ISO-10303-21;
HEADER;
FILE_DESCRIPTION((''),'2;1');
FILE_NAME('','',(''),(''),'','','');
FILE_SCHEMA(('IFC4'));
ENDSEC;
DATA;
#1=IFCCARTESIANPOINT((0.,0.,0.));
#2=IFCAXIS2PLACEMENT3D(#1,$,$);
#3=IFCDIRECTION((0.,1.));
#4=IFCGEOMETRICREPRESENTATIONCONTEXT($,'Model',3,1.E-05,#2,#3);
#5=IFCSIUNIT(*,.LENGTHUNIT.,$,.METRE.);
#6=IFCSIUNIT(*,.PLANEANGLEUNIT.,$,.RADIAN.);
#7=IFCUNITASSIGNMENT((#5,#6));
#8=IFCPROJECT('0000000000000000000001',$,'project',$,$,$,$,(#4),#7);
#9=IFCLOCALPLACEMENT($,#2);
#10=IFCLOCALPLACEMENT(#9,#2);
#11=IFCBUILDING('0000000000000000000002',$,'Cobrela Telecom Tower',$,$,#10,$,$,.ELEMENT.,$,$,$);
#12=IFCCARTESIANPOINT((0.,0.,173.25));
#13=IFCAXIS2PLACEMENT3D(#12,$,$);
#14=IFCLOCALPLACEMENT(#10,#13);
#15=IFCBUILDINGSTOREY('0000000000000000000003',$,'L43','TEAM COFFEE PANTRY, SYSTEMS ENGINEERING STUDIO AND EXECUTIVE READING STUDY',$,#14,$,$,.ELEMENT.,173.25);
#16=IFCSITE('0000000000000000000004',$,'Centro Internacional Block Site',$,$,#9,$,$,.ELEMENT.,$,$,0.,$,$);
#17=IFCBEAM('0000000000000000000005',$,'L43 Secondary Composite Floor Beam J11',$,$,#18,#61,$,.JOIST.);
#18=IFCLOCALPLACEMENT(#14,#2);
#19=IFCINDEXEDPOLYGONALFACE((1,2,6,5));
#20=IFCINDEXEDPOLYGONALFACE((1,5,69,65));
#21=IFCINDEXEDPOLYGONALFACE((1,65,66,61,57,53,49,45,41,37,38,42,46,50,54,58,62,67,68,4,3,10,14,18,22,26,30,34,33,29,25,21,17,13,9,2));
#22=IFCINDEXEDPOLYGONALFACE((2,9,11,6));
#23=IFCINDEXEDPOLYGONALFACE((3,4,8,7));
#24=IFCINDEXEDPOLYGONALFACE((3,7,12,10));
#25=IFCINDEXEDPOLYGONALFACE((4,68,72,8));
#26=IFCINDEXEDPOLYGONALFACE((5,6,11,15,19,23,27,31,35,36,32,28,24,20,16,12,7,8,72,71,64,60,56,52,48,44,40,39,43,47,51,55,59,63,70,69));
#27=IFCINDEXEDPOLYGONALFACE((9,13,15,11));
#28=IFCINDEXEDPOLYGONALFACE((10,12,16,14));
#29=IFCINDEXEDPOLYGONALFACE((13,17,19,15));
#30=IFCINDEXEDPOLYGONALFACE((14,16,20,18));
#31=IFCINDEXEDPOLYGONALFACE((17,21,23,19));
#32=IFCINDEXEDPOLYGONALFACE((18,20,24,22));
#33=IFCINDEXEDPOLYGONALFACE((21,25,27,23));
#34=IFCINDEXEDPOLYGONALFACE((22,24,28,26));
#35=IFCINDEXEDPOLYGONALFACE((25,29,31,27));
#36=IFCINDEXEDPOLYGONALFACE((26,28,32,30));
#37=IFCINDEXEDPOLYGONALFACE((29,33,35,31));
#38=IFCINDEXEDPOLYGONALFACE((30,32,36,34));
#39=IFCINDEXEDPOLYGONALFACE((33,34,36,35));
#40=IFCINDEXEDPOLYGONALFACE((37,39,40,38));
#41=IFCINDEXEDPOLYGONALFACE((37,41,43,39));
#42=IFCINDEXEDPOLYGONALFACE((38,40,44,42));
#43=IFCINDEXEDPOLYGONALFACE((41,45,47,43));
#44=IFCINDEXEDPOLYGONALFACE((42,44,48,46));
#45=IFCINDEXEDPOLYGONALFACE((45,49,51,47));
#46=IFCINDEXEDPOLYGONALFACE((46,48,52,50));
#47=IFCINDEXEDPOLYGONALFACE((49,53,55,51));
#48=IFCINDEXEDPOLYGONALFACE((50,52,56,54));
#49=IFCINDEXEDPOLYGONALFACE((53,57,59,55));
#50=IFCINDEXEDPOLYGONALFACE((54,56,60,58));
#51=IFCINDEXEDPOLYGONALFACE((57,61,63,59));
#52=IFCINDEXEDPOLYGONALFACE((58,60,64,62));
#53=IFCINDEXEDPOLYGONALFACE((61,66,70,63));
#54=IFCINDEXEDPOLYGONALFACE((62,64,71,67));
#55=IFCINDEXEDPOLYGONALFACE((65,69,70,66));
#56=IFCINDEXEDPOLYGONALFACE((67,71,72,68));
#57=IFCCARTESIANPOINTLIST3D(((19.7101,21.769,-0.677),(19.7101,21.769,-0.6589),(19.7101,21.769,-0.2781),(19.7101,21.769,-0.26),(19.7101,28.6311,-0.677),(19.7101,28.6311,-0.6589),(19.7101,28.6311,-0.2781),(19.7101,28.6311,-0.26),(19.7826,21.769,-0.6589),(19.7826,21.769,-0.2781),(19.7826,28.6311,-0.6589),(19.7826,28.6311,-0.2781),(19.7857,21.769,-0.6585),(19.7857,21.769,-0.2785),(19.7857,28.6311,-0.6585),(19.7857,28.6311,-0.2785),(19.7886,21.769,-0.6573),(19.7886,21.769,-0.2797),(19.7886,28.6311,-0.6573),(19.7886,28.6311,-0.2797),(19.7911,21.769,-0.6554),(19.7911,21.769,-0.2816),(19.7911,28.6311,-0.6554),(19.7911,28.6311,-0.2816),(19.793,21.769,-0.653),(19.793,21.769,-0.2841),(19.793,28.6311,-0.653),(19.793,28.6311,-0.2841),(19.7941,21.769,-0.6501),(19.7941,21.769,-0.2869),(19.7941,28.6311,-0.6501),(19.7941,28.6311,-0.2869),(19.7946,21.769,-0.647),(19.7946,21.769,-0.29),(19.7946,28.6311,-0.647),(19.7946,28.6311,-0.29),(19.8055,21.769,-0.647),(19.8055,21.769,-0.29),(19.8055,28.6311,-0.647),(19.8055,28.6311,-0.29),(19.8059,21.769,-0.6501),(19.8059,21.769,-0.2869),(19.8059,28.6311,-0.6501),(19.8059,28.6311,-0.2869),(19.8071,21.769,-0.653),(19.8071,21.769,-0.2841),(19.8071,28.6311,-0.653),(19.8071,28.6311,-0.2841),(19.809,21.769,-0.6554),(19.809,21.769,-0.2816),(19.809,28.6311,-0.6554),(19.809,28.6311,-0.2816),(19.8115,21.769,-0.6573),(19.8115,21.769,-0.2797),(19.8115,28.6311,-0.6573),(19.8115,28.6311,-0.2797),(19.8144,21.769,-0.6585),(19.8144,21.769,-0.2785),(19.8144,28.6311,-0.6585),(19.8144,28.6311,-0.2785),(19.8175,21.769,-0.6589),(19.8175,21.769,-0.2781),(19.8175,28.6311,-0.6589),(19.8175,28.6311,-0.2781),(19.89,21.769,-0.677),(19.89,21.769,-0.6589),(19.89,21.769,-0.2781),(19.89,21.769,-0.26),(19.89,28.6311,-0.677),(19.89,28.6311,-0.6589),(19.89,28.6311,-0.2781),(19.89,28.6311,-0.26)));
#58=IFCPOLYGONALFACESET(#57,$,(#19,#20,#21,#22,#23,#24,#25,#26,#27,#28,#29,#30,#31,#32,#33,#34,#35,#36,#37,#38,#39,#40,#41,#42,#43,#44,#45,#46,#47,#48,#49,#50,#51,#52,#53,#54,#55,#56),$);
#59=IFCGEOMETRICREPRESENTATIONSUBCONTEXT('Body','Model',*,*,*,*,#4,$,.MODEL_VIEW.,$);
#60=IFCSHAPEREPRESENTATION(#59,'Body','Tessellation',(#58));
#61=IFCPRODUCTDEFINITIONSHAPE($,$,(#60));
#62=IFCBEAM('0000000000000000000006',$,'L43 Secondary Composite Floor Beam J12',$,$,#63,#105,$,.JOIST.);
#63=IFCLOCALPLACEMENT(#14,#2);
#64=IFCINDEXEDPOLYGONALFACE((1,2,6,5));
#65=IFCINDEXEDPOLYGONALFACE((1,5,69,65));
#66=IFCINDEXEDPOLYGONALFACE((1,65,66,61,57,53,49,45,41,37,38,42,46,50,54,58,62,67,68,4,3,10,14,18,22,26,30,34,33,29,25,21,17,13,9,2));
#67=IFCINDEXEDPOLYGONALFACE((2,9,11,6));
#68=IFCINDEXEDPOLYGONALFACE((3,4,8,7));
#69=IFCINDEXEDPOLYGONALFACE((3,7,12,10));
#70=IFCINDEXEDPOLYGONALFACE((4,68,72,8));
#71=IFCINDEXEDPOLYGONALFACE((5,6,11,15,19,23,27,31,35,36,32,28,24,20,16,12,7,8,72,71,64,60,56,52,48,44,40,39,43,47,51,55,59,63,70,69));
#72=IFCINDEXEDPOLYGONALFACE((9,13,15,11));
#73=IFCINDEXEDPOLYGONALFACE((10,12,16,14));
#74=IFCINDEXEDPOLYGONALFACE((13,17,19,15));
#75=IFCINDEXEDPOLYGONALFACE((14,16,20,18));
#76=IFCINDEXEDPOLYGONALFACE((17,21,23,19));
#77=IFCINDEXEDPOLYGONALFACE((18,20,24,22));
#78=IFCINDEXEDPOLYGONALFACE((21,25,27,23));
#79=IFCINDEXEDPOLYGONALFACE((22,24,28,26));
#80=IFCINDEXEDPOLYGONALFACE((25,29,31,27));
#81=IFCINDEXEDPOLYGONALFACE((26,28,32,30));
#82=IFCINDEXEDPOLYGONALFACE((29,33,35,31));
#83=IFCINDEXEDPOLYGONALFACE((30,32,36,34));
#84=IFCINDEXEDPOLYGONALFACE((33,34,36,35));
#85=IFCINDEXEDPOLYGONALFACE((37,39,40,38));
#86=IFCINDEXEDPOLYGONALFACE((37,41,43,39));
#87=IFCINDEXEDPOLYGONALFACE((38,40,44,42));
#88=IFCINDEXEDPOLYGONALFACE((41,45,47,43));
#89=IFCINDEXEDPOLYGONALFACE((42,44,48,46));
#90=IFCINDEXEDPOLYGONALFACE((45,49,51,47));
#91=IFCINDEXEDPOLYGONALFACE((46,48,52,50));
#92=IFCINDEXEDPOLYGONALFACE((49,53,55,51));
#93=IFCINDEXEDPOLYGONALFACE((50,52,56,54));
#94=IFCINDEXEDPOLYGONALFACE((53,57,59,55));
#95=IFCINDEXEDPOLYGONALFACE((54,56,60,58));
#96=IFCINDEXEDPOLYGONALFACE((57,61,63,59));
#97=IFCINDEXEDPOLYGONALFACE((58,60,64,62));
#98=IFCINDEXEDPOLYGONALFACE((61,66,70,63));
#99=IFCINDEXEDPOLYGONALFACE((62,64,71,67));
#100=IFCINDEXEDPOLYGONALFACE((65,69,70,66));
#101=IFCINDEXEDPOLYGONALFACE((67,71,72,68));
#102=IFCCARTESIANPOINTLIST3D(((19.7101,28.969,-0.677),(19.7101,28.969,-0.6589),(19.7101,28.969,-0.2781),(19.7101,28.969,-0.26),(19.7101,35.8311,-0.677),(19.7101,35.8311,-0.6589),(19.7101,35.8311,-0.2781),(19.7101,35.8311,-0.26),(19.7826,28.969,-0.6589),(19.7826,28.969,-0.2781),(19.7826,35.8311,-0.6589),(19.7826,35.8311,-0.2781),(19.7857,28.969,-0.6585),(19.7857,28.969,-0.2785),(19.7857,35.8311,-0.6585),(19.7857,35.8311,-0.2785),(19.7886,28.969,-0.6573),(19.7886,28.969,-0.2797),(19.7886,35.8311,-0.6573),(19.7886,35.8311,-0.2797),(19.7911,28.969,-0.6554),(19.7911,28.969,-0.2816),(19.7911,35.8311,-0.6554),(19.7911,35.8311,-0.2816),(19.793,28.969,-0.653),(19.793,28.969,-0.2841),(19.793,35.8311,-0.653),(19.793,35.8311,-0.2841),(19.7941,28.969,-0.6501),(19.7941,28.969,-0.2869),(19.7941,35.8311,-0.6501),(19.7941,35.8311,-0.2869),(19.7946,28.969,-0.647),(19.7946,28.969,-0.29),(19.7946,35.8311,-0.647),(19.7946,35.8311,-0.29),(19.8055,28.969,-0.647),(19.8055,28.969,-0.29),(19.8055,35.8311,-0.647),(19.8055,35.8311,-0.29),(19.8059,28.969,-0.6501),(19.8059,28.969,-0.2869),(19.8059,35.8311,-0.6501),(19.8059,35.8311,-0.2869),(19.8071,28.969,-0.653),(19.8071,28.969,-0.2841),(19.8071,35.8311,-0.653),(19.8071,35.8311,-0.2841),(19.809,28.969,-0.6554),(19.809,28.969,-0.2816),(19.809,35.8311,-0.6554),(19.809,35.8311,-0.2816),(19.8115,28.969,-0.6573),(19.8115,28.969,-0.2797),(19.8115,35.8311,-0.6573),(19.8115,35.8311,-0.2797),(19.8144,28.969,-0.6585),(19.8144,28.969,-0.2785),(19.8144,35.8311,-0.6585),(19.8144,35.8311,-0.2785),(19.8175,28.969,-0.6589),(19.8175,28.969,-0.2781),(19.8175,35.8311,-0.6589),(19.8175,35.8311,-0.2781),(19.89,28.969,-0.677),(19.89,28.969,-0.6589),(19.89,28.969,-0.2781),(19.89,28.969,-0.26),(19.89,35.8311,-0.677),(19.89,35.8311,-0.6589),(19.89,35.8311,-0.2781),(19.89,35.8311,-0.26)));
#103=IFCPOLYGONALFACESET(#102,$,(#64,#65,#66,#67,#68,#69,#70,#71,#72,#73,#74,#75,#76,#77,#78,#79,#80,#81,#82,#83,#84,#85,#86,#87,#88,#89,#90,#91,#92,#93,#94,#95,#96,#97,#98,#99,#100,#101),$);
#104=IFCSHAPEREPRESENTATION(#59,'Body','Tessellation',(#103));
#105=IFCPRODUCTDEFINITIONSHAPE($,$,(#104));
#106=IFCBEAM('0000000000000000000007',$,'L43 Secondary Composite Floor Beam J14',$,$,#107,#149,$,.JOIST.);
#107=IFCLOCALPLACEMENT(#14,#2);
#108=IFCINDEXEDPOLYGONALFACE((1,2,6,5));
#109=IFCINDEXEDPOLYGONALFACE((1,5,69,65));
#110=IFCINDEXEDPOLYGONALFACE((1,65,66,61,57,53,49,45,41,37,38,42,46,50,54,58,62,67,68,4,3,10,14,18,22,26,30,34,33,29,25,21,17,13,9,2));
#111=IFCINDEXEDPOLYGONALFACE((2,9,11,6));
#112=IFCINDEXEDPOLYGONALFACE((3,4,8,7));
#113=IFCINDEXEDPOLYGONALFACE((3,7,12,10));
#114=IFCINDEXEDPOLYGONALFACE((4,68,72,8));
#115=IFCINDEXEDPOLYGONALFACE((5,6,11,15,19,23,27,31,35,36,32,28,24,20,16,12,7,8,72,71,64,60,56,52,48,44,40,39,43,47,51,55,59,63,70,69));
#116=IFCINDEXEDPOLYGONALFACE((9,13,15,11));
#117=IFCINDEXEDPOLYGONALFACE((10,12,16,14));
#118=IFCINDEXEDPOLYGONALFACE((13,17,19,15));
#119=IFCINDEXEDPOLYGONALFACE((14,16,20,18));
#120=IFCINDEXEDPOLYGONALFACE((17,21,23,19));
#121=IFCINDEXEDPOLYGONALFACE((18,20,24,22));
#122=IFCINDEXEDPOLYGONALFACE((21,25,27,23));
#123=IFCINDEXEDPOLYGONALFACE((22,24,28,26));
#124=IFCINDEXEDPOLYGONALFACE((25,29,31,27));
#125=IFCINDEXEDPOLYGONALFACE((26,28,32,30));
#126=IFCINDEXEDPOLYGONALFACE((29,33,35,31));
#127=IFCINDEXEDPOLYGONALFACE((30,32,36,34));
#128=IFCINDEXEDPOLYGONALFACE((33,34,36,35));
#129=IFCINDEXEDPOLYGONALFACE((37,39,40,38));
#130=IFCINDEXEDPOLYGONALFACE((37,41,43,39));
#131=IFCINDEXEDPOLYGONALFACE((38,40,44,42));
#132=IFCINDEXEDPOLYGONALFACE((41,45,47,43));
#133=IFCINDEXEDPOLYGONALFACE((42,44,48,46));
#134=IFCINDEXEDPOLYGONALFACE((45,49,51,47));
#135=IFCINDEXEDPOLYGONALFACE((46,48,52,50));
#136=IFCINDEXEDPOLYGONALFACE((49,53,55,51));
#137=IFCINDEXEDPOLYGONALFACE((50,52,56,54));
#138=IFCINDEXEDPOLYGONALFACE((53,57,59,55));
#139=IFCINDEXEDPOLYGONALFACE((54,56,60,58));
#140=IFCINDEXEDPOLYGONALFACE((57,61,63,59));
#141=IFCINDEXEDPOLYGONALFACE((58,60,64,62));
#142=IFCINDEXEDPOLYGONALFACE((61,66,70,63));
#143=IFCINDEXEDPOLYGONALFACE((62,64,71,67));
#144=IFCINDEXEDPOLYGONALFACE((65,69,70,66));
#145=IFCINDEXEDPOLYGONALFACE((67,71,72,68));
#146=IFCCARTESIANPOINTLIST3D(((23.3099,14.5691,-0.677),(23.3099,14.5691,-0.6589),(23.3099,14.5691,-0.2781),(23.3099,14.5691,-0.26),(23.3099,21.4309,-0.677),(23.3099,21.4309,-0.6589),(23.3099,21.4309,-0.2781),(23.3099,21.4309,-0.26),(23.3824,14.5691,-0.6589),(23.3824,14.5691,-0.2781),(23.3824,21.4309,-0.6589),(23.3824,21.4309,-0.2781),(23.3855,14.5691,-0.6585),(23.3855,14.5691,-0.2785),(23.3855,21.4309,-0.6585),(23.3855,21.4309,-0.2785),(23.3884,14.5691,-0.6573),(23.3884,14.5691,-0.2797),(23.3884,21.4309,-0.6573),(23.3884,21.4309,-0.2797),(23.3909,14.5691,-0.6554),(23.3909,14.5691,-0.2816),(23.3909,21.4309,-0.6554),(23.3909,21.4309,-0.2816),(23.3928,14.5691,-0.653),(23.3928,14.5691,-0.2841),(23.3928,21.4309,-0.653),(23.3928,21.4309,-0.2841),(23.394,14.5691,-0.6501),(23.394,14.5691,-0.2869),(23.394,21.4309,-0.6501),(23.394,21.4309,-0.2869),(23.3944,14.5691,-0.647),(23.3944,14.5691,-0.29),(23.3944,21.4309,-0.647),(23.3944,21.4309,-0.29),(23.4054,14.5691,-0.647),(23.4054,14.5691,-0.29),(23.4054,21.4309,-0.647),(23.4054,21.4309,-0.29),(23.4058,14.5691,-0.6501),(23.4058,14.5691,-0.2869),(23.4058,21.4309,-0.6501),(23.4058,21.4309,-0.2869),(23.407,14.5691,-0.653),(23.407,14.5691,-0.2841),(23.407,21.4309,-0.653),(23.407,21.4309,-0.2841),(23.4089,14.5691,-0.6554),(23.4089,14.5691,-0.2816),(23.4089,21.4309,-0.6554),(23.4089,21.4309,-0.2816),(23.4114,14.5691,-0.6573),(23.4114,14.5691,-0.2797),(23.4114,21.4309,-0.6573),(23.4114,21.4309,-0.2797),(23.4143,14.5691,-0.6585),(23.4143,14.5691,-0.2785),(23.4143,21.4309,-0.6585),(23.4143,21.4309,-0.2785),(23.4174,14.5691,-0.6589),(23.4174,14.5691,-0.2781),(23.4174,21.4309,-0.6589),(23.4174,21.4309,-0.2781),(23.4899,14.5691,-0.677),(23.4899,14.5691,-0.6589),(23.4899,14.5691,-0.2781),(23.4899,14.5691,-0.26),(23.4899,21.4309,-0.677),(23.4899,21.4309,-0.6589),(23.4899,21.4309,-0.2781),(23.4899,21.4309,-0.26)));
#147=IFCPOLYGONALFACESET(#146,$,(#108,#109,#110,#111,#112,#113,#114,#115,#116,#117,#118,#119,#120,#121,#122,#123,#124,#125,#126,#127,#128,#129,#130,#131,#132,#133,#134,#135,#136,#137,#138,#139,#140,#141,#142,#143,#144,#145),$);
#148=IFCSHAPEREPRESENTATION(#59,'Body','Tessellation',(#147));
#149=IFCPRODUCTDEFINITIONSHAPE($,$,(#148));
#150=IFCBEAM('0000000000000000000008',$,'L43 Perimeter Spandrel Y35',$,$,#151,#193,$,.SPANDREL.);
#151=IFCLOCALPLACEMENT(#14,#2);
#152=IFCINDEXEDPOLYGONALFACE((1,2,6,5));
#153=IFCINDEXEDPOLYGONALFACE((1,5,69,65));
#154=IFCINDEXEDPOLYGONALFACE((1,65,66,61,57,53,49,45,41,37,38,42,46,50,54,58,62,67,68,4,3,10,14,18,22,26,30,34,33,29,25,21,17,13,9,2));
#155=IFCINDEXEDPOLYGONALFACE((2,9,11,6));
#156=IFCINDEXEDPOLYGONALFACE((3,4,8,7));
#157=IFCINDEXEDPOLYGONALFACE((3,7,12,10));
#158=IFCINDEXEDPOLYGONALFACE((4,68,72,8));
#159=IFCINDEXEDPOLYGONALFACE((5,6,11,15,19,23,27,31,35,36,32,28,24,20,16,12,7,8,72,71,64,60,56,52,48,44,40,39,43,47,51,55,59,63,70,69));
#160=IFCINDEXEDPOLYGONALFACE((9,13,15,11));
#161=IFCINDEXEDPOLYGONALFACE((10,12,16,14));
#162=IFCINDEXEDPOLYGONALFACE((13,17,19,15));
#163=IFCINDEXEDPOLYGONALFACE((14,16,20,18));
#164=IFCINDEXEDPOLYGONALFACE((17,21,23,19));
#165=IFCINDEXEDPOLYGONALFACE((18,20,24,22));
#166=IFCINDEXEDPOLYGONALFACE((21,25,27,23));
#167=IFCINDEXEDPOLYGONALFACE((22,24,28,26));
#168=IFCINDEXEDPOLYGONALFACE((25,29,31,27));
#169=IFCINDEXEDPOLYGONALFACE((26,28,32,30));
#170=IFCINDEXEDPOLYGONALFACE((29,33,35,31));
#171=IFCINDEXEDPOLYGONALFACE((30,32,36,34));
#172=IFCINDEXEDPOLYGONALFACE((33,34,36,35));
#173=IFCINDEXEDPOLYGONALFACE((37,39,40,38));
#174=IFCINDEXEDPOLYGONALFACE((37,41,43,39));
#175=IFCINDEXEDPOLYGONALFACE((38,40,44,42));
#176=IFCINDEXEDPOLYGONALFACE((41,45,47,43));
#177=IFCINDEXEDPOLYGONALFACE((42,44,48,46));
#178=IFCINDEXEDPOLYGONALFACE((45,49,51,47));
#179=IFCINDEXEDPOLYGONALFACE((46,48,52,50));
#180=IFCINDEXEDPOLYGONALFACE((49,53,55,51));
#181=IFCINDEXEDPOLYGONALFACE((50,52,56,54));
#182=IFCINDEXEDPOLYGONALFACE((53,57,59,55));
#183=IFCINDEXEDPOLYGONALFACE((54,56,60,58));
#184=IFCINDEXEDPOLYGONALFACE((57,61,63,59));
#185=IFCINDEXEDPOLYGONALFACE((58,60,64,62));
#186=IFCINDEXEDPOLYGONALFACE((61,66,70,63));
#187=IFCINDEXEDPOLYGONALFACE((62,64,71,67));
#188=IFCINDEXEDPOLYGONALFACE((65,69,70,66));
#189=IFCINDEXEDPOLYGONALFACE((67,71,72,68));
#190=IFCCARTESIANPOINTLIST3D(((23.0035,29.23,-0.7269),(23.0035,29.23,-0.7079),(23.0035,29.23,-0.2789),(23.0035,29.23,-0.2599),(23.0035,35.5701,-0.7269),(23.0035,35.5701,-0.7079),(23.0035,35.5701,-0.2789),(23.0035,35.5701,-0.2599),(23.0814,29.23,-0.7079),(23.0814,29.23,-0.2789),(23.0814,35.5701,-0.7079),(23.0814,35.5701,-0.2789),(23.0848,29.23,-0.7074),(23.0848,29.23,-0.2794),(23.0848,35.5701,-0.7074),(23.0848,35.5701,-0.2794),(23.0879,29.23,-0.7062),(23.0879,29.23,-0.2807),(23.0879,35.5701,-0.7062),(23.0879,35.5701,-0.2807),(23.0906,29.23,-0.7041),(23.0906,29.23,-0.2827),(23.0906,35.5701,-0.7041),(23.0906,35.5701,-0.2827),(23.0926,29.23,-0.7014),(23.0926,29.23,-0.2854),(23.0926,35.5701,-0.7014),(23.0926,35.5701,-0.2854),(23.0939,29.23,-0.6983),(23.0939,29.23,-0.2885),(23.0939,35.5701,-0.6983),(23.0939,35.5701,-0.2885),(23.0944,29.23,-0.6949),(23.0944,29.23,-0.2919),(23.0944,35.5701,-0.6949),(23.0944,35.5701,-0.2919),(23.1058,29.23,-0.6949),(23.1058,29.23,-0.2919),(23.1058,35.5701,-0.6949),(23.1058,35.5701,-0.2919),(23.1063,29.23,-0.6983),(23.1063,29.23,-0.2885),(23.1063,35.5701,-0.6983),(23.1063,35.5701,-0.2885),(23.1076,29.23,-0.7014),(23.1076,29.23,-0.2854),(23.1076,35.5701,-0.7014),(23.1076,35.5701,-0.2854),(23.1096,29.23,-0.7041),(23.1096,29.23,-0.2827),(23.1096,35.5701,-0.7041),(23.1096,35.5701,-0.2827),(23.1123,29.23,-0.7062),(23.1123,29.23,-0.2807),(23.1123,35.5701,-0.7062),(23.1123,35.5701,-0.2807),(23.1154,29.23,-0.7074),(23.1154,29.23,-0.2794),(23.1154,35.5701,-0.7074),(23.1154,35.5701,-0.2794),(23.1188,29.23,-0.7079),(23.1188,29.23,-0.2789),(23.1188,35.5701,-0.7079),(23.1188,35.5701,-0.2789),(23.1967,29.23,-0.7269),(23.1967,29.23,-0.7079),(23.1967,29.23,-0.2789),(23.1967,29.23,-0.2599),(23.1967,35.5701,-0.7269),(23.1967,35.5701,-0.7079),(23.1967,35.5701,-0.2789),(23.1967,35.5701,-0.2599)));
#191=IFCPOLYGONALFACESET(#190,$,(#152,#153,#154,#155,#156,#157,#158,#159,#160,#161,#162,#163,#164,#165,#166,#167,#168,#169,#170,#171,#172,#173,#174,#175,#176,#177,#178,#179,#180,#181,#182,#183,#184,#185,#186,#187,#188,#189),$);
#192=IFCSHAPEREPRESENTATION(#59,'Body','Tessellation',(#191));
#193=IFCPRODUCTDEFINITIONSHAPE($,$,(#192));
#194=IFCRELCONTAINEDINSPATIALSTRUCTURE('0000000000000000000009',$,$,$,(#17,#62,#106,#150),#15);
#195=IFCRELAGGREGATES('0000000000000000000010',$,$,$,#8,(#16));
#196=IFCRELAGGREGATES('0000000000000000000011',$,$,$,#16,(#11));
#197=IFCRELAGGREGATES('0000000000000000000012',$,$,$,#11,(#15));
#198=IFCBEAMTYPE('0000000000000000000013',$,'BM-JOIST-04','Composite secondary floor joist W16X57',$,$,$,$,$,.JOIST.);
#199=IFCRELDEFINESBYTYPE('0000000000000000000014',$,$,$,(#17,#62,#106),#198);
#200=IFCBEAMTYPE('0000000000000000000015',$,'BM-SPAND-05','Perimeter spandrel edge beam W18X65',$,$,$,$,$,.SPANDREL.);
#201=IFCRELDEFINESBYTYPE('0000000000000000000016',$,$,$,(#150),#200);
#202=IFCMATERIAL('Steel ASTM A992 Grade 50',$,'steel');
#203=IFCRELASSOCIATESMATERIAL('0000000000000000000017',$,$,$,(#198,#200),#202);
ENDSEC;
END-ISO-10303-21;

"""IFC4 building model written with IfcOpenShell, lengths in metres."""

from ifc_helpers import new_model, si_unit, direction, frame, origin, origin_2d, place, context, subcontext, project, spatial, i_section, extrude, material, material_profile, profile_set, type_object, element, save


model = new_model("IFC4")

# Units and contexts
model_context = context("Model", 3, precision=1e-05, world=origin(), true_north=direction((0.0, 1.0)))
body_context = subcontext(model_context, "Body", "Model", "MODEL_VIEW")
ifc_project = project(units=[si_unit("LENGTHUNIT", "METRE"), si_unit("PLANEANGLEUNIT", "RADIAN")], contexts=[model_context])

# Site, building, storey
site_placement = place(None, origin())
site = spatial("IfcSite", under=ifc_project, at=site_placement, Name="Centro Internacional Block Site", CompositionType="ELEMENT", RefElevation=0.0)
building_placement = place(site_placement, origin())
building = spatial("IfcBuilding", under=site, at=building_placement, Name="Cobrela Telecom Tower", CompositionType="ELEMENT")
storey_placement = place(building_placement, frame((0.0, 0.0, 173.25)))
storey = spatial("IfcBuildingStorey", under=building, at=storey_placement, Name="L43", Description="TEAM COFFEE PANTRY, SYSTEMS ENGINEERING STUDIO AND EXECUTIVE READING STUDY", CompositionType="ELEMENT", Elevation=173.25)

# Shared definitions
ifc_material_1 = material(Name="Steel ASTM A992 Grade 50", Category="steel")

# Beams
ifc_material_profile_1 = material_profile(ifc_material_1, i_section(OverallWidth=0.1799, OverallDepth=0.417, WebThickness=0.011, FlangeThickness=0.0181, FilletRadius=0.012, at=origin_2d()), Name="W16X57")
ifc_profile_set_1 = profile_set([ifc_material_profile_1], Name="Steel ASTM A992 Grade 50")
beam_type_1 = type_object("IfcBeamType", Name="BM-JOIST-04", Description="Composite secondary floor joist W16X57", PredefinedType="JOIST", material=ifc_profile_set_1)
for number, where, z_axis, x_axis, name in (
    (1, (19.8, 21.769, -0.4685), (0.0, 1.0, 0.0), (-1.0, 0.0, 0.0), "L43 Secondary Composite Floor Beam J11"),
    (2, (19.8, 28.969, -0.4685), (0.0, 1.0, 0.0), (-1.0, 0.0, 0.0), "L43 Secondary Composite Floor Beam J12"),
):
    element("IfcBeam", number, at=place(storey_placement, frame(where, z_axis=z_axis, x_axis=x_axis)), inside=storey, type_object=beam_type_1, Name=name, PredefinedType="JOIST", context=body_context, shape_type="SweptSolid", body=[
        extrude(i_section(OverallWidth=0.1799, OverallDepth=0.417, WebThickness=0.011, FlangeThickness=0.0181, FilletRadius=0.012, at=origin_2d()), origin(), (0.0, 0.0, 1.0), 6.8621),
    ])
beam_1_placement = place(storey_placement, frame((23.3999, 14.5691, -0.4685), z_axis=(0.0, 1.0, 0.0), x_axis=(-1.0, 0.0, 0.0)))
element("IfcBeam", 3, at=beam_1_placement, inside=storey, type_object=beam_type_1, Name="L43 Secondary Composite Floor Beam J14", PredefinedType="JOIST", context=body_context, shape_type="SweptSolid", body=[
    extrude(i_section(OverallWidth=0.1799, OverallDepth=0.417, WebThickness=0.011, FlangeThickness=0.0181, FilletRadius=0.012, at=origin_2d()), origin(), (0.0, 0.0, 1.0), 6.8618),
])
ifc_material_profile_2 = material_profile(ifc_material_1, i_section(OverallWidth=0.1931, OverallDepth=0.467, WebThickness=0.0115, FlangeThickness=0.019, FilletRadius=0.0129, at=origin_2d()), Name="W18X65")
ifc_profile_set_2 = profile_set([ifc_material_profile_2], Name="Steel ASTM A992 Grade 50")
beam_type_2 = type_object("IfcBeamType", Name="BM-SPAND-05", Description="Perimeter spandrel edge beam W18X65", PredefinedType="SPANDREL", material=ifc_profile_set_2)
beam_2_placement = place(storey_placement, frame((23.1001, 29.23, -0.4934), z_axis=(0.0, 1.0, 0.0), x_axis=(-1.0, 0.0, 0.0)))
element("IfcBeam", 4, at=beam_2_placement, inside=storey, type_object=beam_type_2, Name="L43 Perimeter Spandrel Y35", PredefinedType="SPANDREL", context=body_context, shape_type="SweptSolid", body=[
    extrude(i_section(OverallWidth=0.1931, OverallDepth=0.467, WebThickness=0.0115, FlangeThickness=0.019, FilletRadius=0.0129, at=origin_2d()), origin(), (0.0, 0.0, 1.0), 6.3401),
])

save(model, "model.ifc")
